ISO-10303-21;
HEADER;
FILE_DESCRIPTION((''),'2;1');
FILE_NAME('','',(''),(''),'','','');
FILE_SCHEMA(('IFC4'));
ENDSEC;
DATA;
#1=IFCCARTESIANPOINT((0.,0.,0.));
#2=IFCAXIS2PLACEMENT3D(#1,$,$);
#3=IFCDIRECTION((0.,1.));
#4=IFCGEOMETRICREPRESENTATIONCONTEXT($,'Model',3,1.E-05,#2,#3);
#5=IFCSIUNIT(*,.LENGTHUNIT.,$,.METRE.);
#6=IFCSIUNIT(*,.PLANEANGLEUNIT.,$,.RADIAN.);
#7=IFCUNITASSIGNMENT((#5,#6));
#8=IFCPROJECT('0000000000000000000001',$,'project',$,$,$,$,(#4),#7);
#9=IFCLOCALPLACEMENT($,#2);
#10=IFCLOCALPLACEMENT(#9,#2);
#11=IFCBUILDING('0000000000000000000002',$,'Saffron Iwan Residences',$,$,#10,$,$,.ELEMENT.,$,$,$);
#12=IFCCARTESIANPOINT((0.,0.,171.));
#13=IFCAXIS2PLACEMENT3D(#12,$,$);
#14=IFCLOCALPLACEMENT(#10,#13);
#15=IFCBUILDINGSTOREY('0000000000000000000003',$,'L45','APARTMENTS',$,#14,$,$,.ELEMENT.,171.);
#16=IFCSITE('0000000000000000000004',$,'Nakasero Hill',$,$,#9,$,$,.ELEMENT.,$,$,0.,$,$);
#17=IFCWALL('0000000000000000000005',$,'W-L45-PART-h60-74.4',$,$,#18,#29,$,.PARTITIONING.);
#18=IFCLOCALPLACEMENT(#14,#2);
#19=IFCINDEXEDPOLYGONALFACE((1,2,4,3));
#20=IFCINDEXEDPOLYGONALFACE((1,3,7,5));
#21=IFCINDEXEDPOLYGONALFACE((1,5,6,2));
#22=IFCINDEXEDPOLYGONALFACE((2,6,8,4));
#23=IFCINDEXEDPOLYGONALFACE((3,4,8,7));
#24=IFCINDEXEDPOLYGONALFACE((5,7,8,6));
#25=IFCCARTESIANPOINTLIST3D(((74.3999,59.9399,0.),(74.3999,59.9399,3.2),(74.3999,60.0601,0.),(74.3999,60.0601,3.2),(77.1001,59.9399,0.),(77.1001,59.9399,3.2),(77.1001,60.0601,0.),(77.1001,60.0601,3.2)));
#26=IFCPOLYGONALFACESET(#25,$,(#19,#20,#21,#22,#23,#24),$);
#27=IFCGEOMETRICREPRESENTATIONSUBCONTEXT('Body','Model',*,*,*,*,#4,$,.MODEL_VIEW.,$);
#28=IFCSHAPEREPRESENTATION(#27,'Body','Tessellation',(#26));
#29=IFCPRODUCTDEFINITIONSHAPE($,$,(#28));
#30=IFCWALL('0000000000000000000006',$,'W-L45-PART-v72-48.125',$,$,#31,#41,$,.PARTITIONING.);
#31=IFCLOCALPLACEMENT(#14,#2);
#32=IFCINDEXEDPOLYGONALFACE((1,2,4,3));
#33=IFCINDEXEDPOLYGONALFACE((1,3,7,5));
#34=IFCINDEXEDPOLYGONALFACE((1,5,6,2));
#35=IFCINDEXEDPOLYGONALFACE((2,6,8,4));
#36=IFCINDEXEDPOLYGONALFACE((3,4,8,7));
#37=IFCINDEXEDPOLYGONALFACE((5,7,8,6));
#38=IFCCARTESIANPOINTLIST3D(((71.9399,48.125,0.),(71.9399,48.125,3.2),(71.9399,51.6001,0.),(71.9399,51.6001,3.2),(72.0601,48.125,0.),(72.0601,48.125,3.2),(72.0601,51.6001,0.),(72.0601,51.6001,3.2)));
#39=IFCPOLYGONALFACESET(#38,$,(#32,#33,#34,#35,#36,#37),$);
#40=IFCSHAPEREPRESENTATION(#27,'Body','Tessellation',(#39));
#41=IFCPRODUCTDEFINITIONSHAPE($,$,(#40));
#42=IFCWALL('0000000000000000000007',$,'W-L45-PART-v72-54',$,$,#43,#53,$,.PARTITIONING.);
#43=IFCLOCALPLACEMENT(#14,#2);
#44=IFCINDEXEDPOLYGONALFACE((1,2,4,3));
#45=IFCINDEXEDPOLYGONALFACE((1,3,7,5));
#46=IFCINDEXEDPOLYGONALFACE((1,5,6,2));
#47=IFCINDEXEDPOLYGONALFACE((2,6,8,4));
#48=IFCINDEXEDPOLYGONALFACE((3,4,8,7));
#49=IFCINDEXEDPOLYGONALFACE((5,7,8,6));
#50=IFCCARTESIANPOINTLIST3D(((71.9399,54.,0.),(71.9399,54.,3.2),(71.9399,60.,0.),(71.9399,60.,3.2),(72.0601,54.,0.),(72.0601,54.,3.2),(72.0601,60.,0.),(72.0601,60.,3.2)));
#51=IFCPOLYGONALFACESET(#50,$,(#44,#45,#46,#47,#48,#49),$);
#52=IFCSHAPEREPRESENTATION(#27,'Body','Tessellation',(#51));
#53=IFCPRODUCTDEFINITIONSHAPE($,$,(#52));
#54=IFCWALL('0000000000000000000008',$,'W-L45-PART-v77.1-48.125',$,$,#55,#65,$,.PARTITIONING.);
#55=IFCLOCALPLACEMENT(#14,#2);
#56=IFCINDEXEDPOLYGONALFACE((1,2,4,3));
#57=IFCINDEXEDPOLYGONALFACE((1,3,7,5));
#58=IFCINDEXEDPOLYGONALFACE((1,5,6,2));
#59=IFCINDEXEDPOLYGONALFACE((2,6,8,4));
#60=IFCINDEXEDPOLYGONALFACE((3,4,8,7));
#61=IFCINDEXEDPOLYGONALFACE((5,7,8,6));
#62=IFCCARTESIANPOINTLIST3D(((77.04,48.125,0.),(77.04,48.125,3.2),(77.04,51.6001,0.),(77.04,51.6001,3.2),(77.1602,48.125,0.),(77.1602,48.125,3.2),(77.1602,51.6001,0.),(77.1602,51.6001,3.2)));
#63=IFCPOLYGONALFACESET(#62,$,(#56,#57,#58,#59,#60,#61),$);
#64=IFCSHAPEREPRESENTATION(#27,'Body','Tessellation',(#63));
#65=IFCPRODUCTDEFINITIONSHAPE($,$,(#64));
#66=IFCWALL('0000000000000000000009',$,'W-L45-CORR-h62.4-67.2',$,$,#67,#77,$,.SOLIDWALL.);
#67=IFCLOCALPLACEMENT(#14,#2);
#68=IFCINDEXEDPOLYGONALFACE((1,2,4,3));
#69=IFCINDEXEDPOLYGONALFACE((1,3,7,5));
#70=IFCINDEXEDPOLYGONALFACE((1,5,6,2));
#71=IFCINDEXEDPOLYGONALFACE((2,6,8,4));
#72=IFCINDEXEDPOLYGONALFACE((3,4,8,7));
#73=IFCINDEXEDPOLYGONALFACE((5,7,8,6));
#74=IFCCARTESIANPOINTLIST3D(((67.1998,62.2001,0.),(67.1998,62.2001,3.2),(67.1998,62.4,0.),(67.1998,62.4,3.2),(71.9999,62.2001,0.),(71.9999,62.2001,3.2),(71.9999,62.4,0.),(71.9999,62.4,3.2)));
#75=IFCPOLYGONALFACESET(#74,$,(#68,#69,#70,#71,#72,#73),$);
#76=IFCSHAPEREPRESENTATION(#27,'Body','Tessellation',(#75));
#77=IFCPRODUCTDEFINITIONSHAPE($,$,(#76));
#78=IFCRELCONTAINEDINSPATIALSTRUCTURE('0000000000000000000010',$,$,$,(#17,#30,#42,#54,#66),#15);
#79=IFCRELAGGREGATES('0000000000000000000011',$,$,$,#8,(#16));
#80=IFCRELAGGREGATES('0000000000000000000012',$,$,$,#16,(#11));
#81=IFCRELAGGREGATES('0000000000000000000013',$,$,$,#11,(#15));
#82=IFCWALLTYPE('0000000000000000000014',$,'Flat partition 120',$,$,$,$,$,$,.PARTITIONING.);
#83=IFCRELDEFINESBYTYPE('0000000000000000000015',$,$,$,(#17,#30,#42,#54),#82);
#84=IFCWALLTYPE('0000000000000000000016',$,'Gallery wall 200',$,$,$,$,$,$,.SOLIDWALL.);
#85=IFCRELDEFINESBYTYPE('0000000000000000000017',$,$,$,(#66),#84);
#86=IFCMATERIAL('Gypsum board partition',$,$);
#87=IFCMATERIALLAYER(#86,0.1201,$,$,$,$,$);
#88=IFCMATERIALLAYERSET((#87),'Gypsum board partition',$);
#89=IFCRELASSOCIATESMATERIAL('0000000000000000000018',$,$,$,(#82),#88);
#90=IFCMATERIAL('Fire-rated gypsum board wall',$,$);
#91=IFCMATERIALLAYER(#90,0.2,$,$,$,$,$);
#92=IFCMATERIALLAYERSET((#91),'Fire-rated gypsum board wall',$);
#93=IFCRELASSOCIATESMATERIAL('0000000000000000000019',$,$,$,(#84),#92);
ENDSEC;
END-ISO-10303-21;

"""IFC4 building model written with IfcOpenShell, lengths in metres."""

from ifc_helpers import new_model, si_unit, direction, frame, frame_2d, origin, place, context, subcontext, project, spatial, rectangle, extrude, material, layer, layer_set, type_object, element, save


model = new_model("IFC4")

# Units and contexts
model_context = context("Model", 3, precision=1e-05, world=origin(), true_north=direction((0.0, 1.0)))
body_context = subcontext(model_context, "Body", "Model", "MODEL_VIEW")
ifc_project = project(units=[si_unit("LENGTHUNIT", "METRE"), si_unit("PLANEANGLEUNIT", "RADIAN")], contexts=[model_context])

# Site, building, storey
site_placement = place(None, origin())
site = spatial("IfcSite", under=ifc_project, at=site_placement, Name="Nakasero Hill", CompositionType="ELEMENT", RefElevation=0.0)
building_placement = place(site_placement, origin())
building = spatial("IfcBuilding", under=site, at=building_placement, Name="Saffron Iwan Residences", CompositionType="ELEMENT")
storey_placement = place(building_placement, frame((0.0, 0.0, 171.0)))
storey = spatial("IfcBuildingStorey", under=building, at=storey_placement, Name="L45", Description="APARTMENTS", CompositionType="ELEMENT", Elevation=171.0)

# Shared definitions
ifc_material_1 = material(Name="Fire-rated gypsum board wall")

# Shared definitions
ifc_material_2 = material(Name="Gypsum board partition")
ifc_layer_1 = layer(ifc_material_2, 0.1201)
ifc_layer_set_1 = layer_set([ifc_layer_1], Name="Gypsum board partition")
wall_type_1 = type_object("IfcWallType", Name="Flat partition 120", PredefinedType="PARTITIONING", material=ifc_layer_set_1)

# Walls
wall_1_placement = place(storey_placement, frame((74.3999, 60.0, 0.0), z_axis=(0.0, 0.0, 1.0), x_axis=(1.0, 0.0, 0.0)))
element("IfcWall", 1, at=wall_1_placement, inside=storey, type_object=wall_type_1, Name="W-L45-PART-h60-74.4", PredefinedType="PARTITIONING", context=body_context, shape_type="SweptSolid", body=[
    extrude(rectangle(XDim=2.7002, YDim=0.1201, at=frame_2d((1.3501, 0.0))), origin(), (0.0, 0.0, 1.0), 3.2),
])
wall_2_placement = place(storey_placement, frame((72.0, 48.125, 0.0), z_axis=(0.0, 0.0, 1.0), x_axis=(0.0, 1.0, 0.0)))
element("IfcWall", 2, at=wall_2_placement, inside=storey, type_object=wall_type_1, Name="W-L45-PART-v72-48.125", PredefinedType="PARTITIONING", context=body_context, shape_type="SweptSolid", body=[
    extrude(rectangle(XDim=3.4751, YDim=0.1201, at=frame_2d((1.7375, 0.0))), origin(), (0.0, 0.0, 1.0), 3.2),
])
wall_3_placement = place(storey_placement, frame((72.0, 54.0, 0.0), z_axis=(0.0, 0.0, 1.0), x_axis=(0.0, 1.0, 0.0)))
element("IfcWall", 3, at=wall_3_placement, inside=storey, type_object=wall_type_1, Name="W-L45-PART-v72-54", PredefinedType="PARTITIONING", context=body_context, shape_type="SweptSolid", body=[
    extrude(rectangle(XDim=6.0, YDim=0.1201, at=frame_2d((3.0, 0.0))), origin(), (0.0, 0.0, 1.0), 3.2),
])
wall_4_placement = place(storey_placement, frame((77.1001, 48.125, 0.0), z_axis=(0.0, 0.0, 1.0), x_axis=(0.0, 1.0, 0.0)))
element("IfcWall", 4, at=wall_4_placement, inside=storey, type_object=wall_type_1, Name="W-L45-PART-v77.1-48.125", PredefinedType="PARTITIONING", context=body_context, shape_type="SweptSolid", body=[
    extrude(rectangle(XDim=3.4751, YDim=0.1201, at=frame_2d((1.7375, 0.0))), origin(), (0.0, 0.0, 1.0), 3.2),
])
ifc_layer_2 = layer(ifc_material_1, 0.2)
ifc_layer_set_2 = layer_set([ifc_layer_2], Name="Fire-rated gypsum board wall")
wall_type_2 = type_object("IfcWallType", Name="Gallery wall 200", PredefinedType="SOLIDWALL", material=ifc_layer_set_2)
wall_5_placement = place(storey_placement, frame((67.2, 62.3, 0.0), z_axis=(0.0, 0.0, 1.0), x_axis=(1.0, 0.0, 0.0)))
element("IfcWall", 5, at=wall_5_placement, inside=storey, type_object=wall_type_2, Name="W-L45-CORR-h62.4-67.2", PredefinedType="SOLIDWALL", context=body_context, shape_type="SweptSolid", body=[
    extrude(rectangle(XDim=4.8, YDim=0.2, at=frame_2d((2.3999, 0.0))), origin(), (0.0, 0.0, 1.0), 3.2),
])

save(model, "model.ifc")
